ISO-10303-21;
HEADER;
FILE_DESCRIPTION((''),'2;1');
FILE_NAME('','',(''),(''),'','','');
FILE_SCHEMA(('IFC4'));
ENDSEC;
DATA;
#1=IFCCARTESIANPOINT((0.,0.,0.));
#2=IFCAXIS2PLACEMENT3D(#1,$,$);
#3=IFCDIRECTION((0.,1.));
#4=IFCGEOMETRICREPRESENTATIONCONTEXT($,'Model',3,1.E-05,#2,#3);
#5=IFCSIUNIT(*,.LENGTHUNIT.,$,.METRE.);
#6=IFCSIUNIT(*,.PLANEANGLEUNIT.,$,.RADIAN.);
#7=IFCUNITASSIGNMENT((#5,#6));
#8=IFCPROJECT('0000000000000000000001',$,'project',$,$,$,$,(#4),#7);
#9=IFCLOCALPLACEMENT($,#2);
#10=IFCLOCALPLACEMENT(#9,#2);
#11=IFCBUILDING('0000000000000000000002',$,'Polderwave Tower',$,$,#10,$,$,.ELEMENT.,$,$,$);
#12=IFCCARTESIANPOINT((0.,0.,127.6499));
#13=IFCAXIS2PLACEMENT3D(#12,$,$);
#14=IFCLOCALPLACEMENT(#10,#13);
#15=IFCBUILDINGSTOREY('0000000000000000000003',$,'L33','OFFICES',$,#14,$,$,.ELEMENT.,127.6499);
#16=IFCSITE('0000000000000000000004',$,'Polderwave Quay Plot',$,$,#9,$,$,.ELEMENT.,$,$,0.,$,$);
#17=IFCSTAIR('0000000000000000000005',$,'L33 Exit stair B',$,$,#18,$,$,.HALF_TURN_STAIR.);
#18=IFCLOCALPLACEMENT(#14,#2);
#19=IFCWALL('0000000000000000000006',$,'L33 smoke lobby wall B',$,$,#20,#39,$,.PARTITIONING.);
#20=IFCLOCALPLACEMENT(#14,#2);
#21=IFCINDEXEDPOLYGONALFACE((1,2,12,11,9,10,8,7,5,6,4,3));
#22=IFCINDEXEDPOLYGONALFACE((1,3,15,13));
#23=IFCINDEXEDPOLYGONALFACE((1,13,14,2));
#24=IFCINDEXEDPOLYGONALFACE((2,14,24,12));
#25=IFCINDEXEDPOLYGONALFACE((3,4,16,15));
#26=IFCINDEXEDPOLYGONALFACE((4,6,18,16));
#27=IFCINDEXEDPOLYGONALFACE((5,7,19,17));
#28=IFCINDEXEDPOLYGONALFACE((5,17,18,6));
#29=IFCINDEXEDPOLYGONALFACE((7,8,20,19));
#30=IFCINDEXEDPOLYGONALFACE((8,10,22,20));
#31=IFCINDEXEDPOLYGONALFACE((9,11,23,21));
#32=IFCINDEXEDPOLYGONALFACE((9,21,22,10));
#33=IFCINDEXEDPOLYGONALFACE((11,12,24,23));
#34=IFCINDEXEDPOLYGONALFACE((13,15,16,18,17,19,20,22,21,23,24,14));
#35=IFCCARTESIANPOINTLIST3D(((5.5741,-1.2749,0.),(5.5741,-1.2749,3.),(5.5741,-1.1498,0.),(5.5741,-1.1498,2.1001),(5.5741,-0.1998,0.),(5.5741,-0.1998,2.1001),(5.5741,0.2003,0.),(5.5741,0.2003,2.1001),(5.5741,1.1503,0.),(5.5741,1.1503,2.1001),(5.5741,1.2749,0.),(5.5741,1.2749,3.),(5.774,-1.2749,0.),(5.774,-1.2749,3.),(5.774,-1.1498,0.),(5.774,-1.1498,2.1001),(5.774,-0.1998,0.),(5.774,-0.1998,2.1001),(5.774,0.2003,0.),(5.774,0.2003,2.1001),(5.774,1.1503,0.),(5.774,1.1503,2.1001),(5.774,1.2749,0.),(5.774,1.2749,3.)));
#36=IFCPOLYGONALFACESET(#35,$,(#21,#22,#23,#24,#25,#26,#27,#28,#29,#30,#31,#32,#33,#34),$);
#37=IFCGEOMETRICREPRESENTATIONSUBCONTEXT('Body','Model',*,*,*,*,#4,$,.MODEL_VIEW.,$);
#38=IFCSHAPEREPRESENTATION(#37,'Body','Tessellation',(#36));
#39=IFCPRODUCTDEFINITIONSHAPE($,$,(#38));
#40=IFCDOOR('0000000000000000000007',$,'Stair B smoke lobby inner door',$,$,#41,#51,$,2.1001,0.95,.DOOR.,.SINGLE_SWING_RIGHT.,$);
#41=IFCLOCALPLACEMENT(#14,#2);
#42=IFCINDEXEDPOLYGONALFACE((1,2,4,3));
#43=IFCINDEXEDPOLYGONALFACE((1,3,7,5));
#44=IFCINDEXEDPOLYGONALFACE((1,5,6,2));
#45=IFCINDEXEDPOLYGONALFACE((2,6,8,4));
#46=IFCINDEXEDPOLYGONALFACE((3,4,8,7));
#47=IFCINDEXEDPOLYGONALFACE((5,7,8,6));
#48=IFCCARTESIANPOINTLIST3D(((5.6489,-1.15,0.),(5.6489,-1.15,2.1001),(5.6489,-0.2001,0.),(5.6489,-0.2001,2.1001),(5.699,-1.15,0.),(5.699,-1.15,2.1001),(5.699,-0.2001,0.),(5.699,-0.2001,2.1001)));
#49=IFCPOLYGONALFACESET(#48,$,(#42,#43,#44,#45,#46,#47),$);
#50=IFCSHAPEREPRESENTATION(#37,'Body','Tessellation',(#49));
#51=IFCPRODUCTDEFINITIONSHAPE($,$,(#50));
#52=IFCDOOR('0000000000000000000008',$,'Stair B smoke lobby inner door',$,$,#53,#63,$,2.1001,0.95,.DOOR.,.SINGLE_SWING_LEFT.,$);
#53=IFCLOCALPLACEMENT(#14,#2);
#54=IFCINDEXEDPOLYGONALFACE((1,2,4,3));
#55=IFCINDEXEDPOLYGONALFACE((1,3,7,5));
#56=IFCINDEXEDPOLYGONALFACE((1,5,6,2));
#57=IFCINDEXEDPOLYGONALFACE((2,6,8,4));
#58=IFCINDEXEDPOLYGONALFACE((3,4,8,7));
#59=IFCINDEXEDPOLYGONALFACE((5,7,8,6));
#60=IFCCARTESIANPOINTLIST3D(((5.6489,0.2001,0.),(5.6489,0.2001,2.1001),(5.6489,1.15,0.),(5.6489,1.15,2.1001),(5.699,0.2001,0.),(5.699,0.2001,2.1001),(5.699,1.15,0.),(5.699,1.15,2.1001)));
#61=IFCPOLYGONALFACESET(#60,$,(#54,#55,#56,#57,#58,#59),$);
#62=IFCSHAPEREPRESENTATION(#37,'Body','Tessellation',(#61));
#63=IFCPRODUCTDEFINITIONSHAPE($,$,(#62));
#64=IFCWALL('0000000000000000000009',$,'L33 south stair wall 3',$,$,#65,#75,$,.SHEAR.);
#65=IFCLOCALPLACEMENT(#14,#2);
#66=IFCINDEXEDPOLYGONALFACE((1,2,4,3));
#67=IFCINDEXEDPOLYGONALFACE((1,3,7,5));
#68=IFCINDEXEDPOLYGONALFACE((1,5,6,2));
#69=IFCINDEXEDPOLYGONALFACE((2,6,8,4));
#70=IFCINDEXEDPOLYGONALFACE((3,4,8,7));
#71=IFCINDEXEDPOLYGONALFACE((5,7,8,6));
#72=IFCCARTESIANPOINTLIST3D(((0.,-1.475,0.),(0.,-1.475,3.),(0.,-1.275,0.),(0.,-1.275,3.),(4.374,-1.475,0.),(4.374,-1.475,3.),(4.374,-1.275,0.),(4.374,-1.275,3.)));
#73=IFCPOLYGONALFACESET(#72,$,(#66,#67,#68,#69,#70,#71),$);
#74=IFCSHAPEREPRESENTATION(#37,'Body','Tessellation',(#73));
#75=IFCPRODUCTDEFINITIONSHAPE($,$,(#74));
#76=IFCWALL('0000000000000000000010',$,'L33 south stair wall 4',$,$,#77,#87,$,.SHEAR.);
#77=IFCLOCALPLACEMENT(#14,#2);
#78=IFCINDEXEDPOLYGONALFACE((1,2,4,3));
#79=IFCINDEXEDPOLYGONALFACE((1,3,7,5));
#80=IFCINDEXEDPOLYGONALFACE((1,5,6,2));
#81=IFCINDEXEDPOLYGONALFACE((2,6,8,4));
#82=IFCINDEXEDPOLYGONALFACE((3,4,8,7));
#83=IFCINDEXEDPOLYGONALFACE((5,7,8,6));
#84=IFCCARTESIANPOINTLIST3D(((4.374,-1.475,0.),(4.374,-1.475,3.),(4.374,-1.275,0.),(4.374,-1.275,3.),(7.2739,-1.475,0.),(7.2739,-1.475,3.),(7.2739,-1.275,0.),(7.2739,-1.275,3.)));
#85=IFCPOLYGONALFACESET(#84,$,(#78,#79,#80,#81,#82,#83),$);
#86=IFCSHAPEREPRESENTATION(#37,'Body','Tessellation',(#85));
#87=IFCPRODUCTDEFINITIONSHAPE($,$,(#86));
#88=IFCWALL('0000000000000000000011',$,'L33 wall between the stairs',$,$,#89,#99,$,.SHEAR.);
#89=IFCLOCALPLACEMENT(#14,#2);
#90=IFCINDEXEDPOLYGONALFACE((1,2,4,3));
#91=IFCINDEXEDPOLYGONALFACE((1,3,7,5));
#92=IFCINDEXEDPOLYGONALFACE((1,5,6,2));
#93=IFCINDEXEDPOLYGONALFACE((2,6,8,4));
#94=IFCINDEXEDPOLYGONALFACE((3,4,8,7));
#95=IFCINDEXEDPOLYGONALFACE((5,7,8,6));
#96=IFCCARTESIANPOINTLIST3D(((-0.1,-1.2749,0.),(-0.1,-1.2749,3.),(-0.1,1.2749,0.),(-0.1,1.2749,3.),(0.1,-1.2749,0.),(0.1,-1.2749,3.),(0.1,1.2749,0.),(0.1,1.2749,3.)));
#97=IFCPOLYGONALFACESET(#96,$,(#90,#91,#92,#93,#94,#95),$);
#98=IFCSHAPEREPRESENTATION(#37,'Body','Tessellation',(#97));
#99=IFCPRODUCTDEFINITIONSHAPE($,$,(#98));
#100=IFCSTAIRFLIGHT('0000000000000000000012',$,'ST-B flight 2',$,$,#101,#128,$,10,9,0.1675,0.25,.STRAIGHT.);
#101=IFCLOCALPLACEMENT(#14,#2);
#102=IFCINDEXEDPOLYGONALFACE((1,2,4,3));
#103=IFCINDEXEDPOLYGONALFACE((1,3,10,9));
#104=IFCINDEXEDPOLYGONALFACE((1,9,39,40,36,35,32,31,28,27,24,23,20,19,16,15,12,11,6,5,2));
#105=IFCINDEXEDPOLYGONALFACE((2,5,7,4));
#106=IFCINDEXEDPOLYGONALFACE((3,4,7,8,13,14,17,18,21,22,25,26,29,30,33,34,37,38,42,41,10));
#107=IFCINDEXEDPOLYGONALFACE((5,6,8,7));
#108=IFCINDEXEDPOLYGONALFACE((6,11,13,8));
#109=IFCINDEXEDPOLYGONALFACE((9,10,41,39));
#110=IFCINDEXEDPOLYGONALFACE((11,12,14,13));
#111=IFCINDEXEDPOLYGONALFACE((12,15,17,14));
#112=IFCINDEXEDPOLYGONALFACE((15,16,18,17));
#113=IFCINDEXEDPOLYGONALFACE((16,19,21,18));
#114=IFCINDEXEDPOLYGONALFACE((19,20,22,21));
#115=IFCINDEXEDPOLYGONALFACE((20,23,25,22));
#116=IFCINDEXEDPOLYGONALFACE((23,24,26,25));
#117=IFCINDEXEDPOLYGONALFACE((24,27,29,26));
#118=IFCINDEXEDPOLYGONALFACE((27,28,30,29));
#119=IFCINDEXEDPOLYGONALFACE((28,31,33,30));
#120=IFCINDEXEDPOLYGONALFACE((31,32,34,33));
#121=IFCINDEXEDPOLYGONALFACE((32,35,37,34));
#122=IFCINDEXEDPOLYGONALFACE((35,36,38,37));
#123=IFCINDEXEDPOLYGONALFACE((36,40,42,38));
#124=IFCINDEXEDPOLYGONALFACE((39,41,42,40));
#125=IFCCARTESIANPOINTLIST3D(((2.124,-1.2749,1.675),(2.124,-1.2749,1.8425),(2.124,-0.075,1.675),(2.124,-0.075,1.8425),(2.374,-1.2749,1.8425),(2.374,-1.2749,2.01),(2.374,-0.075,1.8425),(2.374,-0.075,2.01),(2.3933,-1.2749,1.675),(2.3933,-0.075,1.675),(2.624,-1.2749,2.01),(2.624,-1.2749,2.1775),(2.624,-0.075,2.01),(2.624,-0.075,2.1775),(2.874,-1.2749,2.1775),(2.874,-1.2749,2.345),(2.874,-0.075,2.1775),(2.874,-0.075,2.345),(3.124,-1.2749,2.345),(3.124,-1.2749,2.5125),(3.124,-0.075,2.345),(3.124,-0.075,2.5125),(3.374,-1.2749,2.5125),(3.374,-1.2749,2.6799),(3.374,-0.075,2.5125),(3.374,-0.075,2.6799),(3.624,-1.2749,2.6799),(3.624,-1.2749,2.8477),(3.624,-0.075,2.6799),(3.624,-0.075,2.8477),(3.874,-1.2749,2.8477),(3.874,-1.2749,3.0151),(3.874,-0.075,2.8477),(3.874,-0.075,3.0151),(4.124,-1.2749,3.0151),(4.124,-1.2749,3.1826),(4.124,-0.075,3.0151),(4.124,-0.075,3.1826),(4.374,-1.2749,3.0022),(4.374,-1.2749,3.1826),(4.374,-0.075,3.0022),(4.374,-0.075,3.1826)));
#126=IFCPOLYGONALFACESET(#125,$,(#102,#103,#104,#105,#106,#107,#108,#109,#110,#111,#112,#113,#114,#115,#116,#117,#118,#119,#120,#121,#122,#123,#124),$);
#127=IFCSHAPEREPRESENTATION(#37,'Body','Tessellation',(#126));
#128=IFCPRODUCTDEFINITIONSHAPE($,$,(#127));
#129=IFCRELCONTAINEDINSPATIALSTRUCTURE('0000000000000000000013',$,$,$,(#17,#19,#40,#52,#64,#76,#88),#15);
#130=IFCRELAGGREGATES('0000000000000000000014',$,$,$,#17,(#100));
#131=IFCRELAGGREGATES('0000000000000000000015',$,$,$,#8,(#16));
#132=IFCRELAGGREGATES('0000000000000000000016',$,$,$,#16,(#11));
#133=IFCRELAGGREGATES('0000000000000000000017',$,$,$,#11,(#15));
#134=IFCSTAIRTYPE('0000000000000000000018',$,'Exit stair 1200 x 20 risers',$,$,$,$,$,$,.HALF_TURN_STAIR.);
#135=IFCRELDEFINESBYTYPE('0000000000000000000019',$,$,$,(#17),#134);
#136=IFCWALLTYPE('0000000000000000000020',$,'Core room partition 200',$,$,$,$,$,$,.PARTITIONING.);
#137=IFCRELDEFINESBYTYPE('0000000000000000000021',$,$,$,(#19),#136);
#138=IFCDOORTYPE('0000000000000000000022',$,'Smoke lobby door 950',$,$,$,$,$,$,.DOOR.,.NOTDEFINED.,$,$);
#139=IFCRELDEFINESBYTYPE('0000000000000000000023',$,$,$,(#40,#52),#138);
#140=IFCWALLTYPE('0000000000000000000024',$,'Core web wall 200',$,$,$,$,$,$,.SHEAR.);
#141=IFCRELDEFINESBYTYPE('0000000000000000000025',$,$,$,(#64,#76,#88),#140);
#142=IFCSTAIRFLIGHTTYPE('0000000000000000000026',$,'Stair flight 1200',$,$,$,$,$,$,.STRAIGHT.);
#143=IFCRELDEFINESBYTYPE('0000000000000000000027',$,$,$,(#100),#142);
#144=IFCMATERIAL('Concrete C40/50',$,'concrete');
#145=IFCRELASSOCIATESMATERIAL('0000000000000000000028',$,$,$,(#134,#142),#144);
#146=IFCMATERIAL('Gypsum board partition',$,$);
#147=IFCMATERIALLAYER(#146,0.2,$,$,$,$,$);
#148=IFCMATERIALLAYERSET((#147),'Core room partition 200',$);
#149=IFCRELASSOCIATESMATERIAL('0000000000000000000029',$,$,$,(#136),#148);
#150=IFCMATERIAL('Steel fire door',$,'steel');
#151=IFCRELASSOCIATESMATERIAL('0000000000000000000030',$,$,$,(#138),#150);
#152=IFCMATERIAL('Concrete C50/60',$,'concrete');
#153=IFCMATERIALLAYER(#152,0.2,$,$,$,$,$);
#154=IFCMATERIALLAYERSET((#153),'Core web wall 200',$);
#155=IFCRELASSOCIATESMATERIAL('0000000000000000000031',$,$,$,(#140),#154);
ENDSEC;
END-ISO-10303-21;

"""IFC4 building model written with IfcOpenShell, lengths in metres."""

from ifc_helpers import new_model, si_unit, direction, frame, frame_2d, origin, place, context, subcontext, project, spatial, polyline, rectangle, outline, extrude, material, layer, layer_set, type_object, element, fill, aggregate, save


model = new_model("IFC4")

# Units and contexts
model_context = context("Model", 3, precision=1e-05, world=origin(), true_north=direction((0.0, 1.0)))
body_context = subcontext(model_context, "Body", "Model", "MODEL_VIEW")
ifc_project = project(units=[si_unit("LENGTHUNIT", "METRE"), si_unit("PLANEANGLEUNIT", "RADIAN")], contexts=[model_context])

# Site, building, storey
site_placement = place(None, origin())
site = spatial("IfcSite", under=ifc_project, at=site_placement, Name="Polderwave Quay Plot", CompositionType="ELEMENT", RefElevation=0.0)
building_placement = place(site_placement, origin())
building = spatial("IfcBuilding", under=site, at=building_placement, Name="Polderwave Tower", CompositionType="ELEMENT")
storey_placement = place(building_placement, frame((0.0, 0.0, 127.6499)))
storey = spatial("IfcBuildingStorey", under=building, at=storey_placement, Name="L33", Description="OFFICES", CompositionType="ELEMENT", Elevation=127.6499)

# Shared definitions
ifc_material_1 = material(Name="Concrete C40/50", Category="concrete")

# Stair
stair_type = type_object("IfcStairType", Name="Exit stair 1200 x 20 risers", PredefinedType="HALF_TURN_STAIR", material=ifc_material_1)
stair_1_placement = place(storey_placement, origin())
stair_1 = element("IfcStair", 1, at=stair_1_placement, inside=storey, type_object=stair_type, Name="L33 Exit stair B", PredefinedType="HALF_TURN_STAIR")

# Wall, openings, doors
ifc_material_2 = material(Name="Gypsum board partition")
ifc_layer_1 = layer(ifc_material_2, 0.2)
ifc_layer_set_1 = layer_set([ifc_layer_1], Name="Core room partition 200")
wall_type_1 = type_object("IfcWallType", Name="Core room partition 200", PredefinedType="PARTITIONING", material=ifc_layer_set_1)
wall_1_placement = place(storey_placement, frame((5.6741, -1.2749, 0.0), z_axis=(0.0, 0.0, 1.0), x_axis=(0.0, 1.0, 0.0)))
wall_1 = element("IfcWall", 2, at=wall_1_placement, inside=storey, type_object=wall_type_1, Name="L33 smoke lobby wall B", PredefinedType="PARTITIONING", context=body_context, shape_type="SweptSolid", body=[
    extrude(rectangle(XDim=2.5498, YDim=0.2, at=frame_2d((1.2749, 0.0))), origin(), (0.0, 0.0, 1.0), 3.0),
])
opening_1_placement = place(wall_1_placement, frame((0.125, 0.0, 0.0)))
opening_1 = element("IfcOpeningElement", 3, at=opening_1_placement, cuts=wall_1, PredefinedType="OPENING", context=body_context, shape_type="SweptSolid", body=[
    extrude(rectangle(XDim=0.95, YDim=2.1001, at=frame_2d((0.4751, 1.05))), frame((0.0, 0.1099, 0.0), z_axis=(0.0, -1.0, 0.0), x_axis=(1.0, 0.0, 0.0)), (0.0, 0.0, 1.0), 0.22),
])
opening_2_placement = place(wall_1_placement, frame((1.4751, 0.0, 0.0)))
opening_2 = element("IfcOpeningElement", 4, at=opening_2_placement, cuts=wall_1, PredefinedType="OPENING", context=body_context, shape_type="SweptSolid", body=[
    extrude(rectangle(XDim=0.95, YDim=2.1001, at=frame_2d((0.4751, 1.05))), frame((0.0, 0.1099, 0.0), z_axis=(0.0, -1.0, 0.0), x_axis=(1.0, 0.0, 0.0)), (0.0, 0.0, 1.0), 0.22),
])
ifc_material_3 = material(Name="Steel fire door", Category="steel")
door_type = type_object("IfcDoorType", Name="Smoke lobby door 950", OperationType="NOTDEFINED", PredefinedType="DOOR", material=ifc_material_3)
door_1_placement = place(opening_1_placement, frame((0.95, 0.0, 0.0), z_axis=(0.0, 0.0, 1.0), x_axis=(-1.0, 0.0, 0.0)))
door_1 = element("IfcDoor", 5, at=door_1_placement, inside=storey, type_object=door_type, Name="Stair B smoke lobby inner door", OperationType="SINGLE_SWING_RIGHT", OverallHeight=2.1001, OverallWidth=0.95, PredefinedType="DOOR", context=body_context, shape_type="SweptSolid", body=[
    extrude(rectangle(XDim=0.95, YDim=2.1001, at=frame_2d((0.4751, 1.05))), frame((0.0, 0.0249, 0.0), z_axis=(0.0, -1.0, 0.0), x_axis=(1.0, 0.0, 0.0)), (0.0, 0.0, 1.0), 0.05),
])
fill(opening_1, door_1)
door_2_placement = place(opening_2_placement, frame((0.95, 0.0, 0.0), z_axis=(0.0, 0.0, 1.0), x_axis=(-1.0, 0.0, 0.0)))
door_2 = element("IfcDoor", 6, at=door_2_placement, inside=storey, type_object=door_type, Name="Stair B smoke lobby inner door", OperationType="SINGLE_SWING_LEFT", OverallHeight=2.1001, OverallWidth=0.95, PredefinedType="DOOR", context=body_context, shape_type="SweptSolid", body=[
    extrude(rectangle(XDim=0.95, YDim=2.1001, at=frame_2d((0.4751, 1.05))), frame((0.0, 0.0249, 0.0), z_axis=(0.0, -1.0, 0.0), x_axis=(1.0, 0.0, 0.0)), (0.0, 0.0, 1.0), 0.05),
])
fill(opening_2, door_2)

# Walls
ifc_material_4 = material(Name="Concrete C50/60", Category="concrete")
ifc_layer_2 = layer(ifc_material_4, 0.2)
ifc_layer_set_2 = layer_set([ifc_layer_2], Name="Core web wall 200")
wall_type_2 = type_object("IfcWallType", Name="Core web wall 200", PredefinedType="SHEAR", material=ifc_layer_set_2)
wall_2_placement = place(storey_placement, frame((0.0, -1.375, 0.0), z_axis=(0.0, 0.0, 1.0), x_axis=(1.0, 0.0, 0.0)))
element("IfcWall", 7, at=wall_2_placement, inside=storey, type_object=wall_type_2, Name="L33 south stair wall 3", PredefinedType="SHEAR", context=body_context, shape_type="SweptSolid", body=[
    extrude(rectangle(XDim=4.374, YDim=0.2, at=frame_2d((2.187, 0.0))), origin(), (0.0, 0.0, 1.0), 3.0),
])
wall_3_placement = place(storey_placement, frame((4.374, -1.375, 0.0), z_axis=(0.0, 0.0, 1.0), x_axis=(1.0, 0.0, 0.0)))
element("IfcWall", 8, at=wall_3_placement, inside=storey, type_object=wall_type_2, Name="L33 south stair wall 4", PredefinedType="SHEAR", context=body_context, shape_type="SweptSolid", body=[
    extrude(rectangle(XDim=2.8999, YDim=0.2, at=frame_2d((1.45, 0.0))), origin(), (0.0, 0.0, 1.0), 3.0),
])
wall_4_placement = place(storey_placement, frame((0.0, -1.2749, 0.0), z_axis=(0.0, 0.0, 1.0), x_axis=(0.0, 1.0, 0.0)))
element("IfcWall", 9, at=wall_4_placement, inside=storey, type_object=wall_type_2, Name="L33 wall between the stairs", PredefinedType="SHEAR", context=body_context, shape_type="SweptSolid", body=[
    extrude(rectangle(XDim=2.5498, YDim=0.2, at=frame_2d((1.2749, 0.0))), origin(), (0.0, 0.0, 1.0), 3.0),
])

# Stair flight
stair_flight_type = type_object("IfcStairFlightType", Name="Stair flight 1200", PredefinedType="STRAIGHT", material=ifc_material_1)
stair_flight_placement = place(storey_placement, frame((2.124, -0.675, 1.675), z_axis=(0.0, 0.0, 1.0), x_axis=(1.0, 0.0, 0.0)))
stair_flight = element("IfcStairFlight", 10, at=stair_flight_placement, type_object=stair_flight_type, Name="ST-B flight 2", NumberOfRisers=10, NumberOfTreads=9, PredefinedType="STRAIGHT", RiserHeight=0.1675, TreadLength=0.25, context=body_context, shape_type="SweptSolid", body=[
    extrude(outline(polyline([(0.0, 0.0), (0.0, 0.1675), (0.25, 0.1675), (0.25, 0.335), (0.5, 0.335), (0.5, 0.5024), (0.75, 0.5024), (0.75, 0.6699), (1.0, 0.6699), (1.0, 0.8374), (1.25, 0.8374), (1.25, 1.0049), (1.5, 1.0049), (1.5, 1.1726), (1.75, 1.1726), (1.75, 1.3401), (2.0, 1.3401), (2.0, 1.5076), (2.25, 1.5076), (2.25, 1.675), (2.25, 1.3271), (0.2693, 0.0), (0.0, 0.0)])), frame((0.0, 0.6001, 0.0), z_axis=(0.0, -1.0, 0.0), x_axis=(1.0, 0.0, 0.0)), (0.0, 0.0, 1.0), 1.2),
])
aggregate(stair_1, [stair_flight])

save(model, "model.ifc")
